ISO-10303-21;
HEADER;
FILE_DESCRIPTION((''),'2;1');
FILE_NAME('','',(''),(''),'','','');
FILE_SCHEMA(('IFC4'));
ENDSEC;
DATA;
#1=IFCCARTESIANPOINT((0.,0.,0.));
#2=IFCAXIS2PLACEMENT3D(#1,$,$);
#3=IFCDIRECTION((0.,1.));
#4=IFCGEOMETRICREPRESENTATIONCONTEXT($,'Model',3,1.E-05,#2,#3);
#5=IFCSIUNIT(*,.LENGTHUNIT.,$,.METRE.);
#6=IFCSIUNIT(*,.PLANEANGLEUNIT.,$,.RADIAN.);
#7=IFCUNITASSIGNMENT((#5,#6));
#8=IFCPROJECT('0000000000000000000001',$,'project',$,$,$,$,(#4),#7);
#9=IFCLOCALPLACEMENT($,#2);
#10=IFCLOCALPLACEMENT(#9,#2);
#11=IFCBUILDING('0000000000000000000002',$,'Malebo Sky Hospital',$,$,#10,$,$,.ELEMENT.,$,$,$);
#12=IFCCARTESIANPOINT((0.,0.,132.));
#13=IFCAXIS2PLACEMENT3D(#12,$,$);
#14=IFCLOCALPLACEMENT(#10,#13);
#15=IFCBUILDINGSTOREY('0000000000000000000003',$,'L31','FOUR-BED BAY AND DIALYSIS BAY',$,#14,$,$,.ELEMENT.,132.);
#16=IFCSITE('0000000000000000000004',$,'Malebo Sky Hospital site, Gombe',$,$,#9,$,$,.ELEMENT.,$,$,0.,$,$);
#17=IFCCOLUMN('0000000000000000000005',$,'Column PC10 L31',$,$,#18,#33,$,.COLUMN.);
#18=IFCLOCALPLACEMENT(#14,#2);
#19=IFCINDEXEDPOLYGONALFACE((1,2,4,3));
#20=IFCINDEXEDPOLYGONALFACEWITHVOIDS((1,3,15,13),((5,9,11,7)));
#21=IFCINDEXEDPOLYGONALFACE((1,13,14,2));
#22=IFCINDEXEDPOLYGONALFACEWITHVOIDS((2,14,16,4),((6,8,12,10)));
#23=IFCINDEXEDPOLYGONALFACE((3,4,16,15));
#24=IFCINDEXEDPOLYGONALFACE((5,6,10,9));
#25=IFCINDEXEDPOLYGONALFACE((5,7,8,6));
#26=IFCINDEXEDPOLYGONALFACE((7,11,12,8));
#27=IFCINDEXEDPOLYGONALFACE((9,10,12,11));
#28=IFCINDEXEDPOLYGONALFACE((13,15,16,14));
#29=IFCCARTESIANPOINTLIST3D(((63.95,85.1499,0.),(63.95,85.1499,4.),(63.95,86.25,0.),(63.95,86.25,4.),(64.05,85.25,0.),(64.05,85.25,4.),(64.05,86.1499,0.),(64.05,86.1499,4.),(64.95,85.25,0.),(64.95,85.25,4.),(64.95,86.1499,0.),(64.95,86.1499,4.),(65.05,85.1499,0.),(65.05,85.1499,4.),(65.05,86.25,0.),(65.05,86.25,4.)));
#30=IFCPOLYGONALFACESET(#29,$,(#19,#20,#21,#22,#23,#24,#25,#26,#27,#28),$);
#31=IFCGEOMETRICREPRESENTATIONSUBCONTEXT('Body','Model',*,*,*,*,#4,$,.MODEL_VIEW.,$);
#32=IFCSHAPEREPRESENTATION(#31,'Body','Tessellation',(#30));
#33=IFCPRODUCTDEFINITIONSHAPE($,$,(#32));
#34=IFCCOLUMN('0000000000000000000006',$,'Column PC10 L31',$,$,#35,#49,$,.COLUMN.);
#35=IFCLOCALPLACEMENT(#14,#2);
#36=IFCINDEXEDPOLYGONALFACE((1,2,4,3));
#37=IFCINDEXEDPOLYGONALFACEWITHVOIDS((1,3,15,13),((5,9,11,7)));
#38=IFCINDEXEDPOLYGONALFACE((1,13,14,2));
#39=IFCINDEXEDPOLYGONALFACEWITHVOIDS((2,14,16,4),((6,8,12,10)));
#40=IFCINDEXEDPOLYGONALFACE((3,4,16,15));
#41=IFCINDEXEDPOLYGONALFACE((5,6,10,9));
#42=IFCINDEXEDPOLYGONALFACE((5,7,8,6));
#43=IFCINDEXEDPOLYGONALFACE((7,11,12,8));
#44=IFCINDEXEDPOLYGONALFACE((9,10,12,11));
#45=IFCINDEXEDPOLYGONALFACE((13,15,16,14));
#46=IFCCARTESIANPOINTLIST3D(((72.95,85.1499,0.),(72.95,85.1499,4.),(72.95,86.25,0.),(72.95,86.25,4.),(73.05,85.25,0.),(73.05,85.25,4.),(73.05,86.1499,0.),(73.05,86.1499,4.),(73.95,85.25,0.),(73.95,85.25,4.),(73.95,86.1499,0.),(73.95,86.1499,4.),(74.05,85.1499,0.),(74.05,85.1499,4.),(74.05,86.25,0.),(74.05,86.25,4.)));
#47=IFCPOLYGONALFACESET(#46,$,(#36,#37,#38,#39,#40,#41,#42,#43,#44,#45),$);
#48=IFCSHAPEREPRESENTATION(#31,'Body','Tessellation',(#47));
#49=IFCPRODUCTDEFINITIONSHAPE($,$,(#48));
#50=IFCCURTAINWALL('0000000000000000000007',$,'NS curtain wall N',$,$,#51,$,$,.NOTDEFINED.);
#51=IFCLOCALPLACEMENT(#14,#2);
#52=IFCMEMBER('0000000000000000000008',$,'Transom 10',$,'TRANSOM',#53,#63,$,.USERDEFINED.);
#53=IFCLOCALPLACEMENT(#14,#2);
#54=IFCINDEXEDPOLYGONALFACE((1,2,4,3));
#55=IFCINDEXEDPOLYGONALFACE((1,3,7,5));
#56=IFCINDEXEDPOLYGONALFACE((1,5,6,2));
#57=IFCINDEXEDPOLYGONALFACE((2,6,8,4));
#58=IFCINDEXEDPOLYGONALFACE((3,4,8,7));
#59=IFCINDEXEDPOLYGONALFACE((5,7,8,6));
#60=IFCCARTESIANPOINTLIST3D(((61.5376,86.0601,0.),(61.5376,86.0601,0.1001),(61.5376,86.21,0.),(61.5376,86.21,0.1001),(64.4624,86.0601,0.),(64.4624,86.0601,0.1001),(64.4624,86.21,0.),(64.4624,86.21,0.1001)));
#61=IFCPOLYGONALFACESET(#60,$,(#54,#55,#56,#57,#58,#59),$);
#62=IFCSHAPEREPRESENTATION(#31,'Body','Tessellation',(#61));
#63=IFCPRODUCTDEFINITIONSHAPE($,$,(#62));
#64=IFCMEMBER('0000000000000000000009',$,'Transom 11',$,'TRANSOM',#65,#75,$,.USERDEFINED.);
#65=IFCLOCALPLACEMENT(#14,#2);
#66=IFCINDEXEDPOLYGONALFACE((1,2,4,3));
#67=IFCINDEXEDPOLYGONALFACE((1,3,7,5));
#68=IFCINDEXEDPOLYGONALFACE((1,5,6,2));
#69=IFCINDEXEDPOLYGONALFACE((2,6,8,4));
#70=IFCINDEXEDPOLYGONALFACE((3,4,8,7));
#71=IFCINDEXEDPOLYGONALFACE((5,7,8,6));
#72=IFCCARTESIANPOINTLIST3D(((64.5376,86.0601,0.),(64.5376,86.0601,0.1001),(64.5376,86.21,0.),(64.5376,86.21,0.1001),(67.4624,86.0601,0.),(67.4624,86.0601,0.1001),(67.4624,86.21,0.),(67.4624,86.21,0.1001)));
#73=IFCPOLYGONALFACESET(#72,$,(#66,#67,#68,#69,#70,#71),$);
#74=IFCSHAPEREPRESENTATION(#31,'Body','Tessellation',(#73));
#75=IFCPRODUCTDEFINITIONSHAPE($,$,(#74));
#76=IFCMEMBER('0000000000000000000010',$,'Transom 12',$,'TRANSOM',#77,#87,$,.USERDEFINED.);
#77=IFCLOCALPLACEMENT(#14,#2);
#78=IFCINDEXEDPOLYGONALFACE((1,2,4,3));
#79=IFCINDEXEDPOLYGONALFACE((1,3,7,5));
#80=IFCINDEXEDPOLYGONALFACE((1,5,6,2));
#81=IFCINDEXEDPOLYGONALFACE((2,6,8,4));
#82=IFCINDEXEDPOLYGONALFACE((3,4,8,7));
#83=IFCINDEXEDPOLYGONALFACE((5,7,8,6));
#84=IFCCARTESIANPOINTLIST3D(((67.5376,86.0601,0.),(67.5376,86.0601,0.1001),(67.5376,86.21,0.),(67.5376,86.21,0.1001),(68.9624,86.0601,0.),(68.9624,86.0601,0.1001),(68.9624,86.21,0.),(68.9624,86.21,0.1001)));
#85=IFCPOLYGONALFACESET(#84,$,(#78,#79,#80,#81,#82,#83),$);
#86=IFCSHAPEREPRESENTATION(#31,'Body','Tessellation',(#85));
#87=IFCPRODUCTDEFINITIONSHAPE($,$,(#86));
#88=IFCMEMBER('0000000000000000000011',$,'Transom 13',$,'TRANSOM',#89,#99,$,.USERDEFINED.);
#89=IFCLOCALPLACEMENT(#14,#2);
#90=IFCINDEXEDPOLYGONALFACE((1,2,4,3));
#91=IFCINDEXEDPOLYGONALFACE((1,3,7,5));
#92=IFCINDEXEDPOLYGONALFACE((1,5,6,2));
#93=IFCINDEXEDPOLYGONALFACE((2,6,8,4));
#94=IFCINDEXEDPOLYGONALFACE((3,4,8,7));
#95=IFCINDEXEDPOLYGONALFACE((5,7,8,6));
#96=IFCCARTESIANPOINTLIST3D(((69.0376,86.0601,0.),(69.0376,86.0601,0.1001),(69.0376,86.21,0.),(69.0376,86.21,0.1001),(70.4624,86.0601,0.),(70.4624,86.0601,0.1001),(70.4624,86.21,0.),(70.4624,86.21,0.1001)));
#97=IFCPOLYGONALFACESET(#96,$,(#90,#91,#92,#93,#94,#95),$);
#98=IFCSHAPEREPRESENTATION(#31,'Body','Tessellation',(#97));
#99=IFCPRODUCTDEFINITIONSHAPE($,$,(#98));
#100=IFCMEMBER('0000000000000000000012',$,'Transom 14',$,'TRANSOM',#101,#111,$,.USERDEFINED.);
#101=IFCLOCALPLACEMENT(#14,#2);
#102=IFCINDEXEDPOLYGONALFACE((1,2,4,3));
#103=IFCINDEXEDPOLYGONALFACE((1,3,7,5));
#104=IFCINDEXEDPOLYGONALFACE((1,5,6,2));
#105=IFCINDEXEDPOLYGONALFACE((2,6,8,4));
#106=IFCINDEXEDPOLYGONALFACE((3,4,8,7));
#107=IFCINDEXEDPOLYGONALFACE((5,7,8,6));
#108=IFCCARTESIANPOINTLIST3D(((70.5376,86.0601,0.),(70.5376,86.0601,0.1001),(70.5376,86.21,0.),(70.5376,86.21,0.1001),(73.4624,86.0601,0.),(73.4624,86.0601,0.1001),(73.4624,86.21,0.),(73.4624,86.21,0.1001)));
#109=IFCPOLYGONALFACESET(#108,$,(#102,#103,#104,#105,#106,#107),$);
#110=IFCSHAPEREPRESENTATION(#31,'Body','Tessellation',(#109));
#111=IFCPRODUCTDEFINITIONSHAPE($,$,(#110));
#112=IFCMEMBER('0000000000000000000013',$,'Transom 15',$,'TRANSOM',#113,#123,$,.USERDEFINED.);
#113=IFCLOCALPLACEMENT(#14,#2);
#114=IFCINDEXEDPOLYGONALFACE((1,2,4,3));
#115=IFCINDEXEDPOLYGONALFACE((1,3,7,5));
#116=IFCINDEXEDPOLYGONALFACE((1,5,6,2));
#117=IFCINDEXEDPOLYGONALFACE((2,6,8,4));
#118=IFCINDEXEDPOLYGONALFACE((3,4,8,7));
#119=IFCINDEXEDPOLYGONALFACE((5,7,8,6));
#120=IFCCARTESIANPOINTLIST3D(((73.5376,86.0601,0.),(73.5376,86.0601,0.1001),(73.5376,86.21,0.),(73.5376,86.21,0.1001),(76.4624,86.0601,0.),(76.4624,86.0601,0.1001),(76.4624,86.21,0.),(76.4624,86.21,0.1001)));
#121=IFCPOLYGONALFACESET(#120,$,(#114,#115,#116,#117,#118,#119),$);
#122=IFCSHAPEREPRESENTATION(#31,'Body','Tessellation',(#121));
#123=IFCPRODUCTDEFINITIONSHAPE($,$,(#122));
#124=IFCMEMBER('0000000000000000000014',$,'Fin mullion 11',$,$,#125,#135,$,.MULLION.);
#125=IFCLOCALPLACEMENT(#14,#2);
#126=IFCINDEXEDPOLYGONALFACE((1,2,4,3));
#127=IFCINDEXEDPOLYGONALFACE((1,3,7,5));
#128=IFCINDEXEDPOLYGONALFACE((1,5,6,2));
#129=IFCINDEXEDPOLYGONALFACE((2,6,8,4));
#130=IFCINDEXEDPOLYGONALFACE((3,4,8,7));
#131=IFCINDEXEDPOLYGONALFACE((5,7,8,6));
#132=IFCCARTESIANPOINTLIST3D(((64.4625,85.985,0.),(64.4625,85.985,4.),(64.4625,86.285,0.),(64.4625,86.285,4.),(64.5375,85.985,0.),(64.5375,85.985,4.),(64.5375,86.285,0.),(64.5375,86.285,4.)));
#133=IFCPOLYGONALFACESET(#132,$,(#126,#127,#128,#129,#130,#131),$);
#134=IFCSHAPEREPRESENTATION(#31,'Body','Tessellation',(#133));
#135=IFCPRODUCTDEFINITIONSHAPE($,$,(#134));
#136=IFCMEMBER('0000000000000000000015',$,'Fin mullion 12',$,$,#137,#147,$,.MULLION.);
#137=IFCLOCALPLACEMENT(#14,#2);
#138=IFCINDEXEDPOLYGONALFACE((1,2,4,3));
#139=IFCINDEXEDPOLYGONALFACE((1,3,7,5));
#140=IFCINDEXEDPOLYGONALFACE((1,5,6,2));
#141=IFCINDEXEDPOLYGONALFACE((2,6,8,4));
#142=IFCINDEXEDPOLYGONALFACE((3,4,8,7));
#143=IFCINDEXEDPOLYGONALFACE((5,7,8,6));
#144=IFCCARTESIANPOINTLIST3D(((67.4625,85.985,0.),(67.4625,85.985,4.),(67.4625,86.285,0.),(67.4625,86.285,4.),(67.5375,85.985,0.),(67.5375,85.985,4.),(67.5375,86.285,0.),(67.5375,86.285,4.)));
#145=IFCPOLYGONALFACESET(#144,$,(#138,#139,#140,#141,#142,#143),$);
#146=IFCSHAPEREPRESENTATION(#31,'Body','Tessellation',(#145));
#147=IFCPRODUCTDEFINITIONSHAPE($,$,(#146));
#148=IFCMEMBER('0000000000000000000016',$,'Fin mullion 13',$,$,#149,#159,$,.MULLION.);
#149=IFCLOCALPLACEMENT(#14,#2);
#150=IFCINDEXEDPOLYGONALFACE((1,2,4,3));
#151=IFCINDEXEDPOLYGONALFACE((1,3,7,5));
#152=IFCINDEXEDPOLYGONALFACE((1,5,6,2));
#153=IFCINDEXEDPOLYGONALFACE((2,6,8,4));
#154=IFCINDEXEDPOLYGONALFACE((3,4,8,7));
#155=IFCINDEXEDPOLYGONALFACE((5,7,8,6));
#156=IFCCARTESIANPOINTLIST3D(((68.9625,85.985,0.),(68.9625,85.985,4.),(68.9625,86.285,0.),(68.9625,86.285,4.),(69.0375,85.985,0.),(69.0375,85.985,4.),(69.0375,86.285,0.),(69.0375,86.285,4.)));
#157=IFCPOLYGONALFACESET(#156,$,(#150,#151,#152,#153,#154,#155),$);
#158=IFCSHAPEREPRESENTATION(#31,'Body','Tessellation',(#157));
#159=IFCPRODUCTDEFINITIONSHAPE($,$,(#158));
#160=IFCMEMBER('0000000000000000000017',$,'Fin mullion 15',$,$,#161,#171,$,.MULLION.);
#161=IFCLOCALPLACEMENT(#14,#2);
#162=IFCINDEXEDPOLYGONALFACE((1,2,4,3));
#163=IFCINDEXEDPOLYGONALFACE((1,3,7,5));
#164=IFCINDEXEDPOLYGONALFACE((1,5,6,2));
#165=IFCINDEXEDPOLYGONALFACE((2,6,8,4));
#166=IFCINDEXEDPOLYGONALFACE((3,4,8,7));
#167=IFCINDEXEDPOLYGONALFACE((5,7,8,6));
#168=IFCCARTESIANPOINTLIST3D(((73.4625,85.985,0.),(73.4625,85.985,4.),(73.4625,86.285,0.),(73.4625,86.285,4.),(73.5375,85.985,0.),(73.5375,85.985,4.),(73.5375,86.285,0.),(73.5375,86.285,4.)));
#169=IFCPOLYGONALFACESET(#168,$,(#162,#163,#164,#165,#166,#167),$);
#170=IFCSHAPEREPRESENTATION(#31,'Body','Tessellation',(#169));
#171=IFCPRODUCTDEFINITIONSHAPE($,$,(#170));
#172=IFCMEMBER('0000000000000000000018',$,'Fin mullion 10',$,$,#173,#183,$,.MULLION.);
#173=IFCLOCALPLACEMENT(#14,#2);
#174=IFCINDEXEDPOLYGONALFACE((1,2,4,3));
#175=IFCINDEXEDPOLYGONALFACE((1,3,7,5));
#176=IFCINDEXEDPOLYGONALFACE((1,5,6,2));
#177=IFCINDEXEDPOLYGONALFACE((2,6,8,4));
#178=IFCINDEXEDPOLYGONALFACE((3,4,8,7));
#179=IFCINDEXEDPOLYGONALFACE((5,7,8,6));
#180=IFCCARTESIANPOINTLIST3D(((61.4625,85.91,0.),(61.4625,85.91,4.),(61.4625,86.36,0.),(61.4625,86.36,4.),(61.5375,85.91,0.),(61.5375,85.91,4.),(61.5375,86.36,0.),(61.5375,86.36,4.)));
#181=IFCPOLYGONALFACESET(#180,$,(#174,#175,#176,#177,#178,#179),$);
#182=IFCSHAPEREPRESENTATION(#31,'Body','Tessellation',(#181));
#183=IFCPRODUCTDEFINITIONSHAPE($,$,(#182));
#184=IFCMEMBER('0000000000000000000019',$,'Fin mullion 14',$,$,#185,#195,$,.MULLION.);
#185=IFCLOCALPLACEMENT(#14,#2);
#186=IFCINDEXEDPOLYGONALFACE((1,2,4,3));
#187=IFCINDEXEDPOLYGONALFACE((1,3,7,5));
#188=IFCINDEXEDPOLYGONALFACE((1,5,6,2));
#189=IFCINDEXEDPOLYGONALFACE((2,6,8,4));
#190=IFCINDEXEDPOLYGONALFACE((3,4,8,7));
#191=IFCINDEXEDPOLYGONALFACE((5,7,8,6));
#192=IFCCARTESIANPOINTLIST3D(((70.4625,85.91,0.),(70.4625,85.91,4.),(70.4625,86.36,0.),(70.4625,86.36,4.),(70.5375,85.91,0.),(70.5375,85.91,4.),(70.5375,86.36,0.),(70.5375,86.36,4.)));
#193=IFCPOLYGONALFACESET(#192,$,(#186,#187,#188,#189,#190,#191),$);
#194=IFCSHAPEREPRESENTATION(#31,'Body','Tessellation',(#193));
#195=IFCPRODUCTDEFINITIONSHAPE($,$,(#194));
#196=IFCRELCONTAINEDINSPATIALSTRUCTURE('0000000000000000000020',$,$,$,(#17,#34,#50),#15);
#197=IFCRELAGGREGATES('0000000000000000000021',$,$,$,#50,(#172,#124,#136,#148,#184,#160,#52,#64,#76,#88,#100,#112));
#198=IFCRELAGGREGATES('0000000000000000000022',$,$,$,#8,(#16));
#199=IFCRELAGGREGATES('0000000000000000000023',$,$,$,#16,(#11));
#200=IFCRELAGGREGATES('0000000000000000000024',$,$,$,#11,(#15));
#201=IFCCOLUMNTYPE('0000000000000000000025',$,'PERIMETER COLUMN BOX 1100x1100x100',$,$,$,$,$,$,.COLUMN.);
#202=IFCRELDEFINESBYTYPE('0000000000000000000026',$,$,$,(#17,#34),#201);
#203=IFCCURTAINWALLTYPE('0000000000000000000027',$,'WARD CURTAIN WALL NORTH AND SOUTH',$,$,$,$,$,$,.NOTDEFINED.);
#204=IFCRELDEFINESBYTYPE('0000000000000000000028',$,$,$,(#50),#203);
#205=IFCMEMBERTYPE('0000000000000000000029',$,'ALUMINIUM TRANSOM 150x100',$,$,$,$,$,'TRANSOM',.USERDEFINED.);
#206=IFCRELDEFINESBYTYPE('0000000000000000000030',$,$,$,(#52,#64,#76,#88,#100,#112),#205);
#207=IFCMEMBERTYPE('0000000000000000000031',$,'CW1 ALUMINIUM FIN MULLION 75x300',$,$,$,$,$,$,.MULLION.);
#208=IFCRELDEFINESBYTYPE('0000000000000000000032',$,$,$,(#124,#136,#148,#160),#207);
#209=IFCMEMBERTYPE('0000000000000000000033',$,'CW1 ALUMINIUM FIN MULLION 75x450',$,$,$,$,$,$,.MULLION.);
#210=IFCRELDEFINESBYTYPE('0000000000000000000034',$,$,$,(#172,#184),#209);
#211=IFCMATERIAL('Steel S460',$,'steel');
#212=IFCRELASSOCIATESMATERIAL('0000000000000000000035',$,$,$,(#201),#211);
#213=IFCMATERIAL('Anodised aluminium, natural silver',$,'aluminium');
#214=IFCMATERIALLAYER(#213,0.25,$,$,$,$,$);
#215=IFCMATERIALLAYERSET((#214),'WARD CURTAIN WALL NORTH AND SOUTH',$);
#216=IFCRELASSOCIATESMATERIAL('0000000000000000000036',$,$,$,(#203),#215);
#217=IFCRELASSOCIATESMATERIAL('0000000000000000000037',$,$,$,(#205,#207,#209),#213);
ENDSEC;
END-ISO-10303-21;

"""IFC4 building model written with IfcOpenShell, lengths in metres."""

from ifc_helpers import new_model, si_unit, direction, frame, origin, origin_2d, place, context, subcontext, project, spatial, rectangle, hollow_rectangle, extrude, material, layer, layer_set, material_profile, profile_set, type_object, element, aggregate, save


model = new_model("IFC4")

# Units and contexts
model_context = context("Model", 3, precision=1e-05, world=origin(), true_north=direction((0.0, 1.0)))
body_context = subcontext(model_context, "Body", "Model", "MODEL_VIEW")
ifc_project = project(units=[si_unit("LENGTHUNIT", "METRE"), si_unit("PLANEANGLEUNIT", "RADIAN")], contexts=[model_context])

# Site, building, storey
site_placement = place(None, origin())
site = spatial("IfcSite", under=ifc_project, at=site_placement, Name="Malebo Sky Hospital site, Gombe", CompositionType="ELEMENT", RefElevation=0.0)
building_placement = place(site_placement, origin())
building = spatial("IfcBuilding", under=site, at=building_placement, Name="Malebo Sky Hospital", CompositionType="ELEMENT")
storey_placement = place(building_placement, frame((0.0, 0.0, 132.0)))
storey = spatial("IfcBuildingStorey", under=building, at=storey_placement, Name="L31", Description="FOUR-BED BAY AND DIALYSIS BAY", CompositionType="ELEMENT", Elevation=132.0)

# Columns
ifc_material_1 = material(Name="Steel S460", Category="steel")
ifc_material_profile_1 = material_profile(ifc_material_1, hollow_rectangle(XDim=1.1001, YDim=1.1001, WallThickness=0.1001, at=origin_2d()), Name="BOX 1100x1100x100")
ifc_profile_set_1 = profile_set([ifc_material_profile_1], Name="Steel S460")
column_type = type_object("IfcColumnType", Name="PERIMETER COLUMN BOX 1100x1100x100", PredefinedType="COLUMN", material=ifc_profile_set_1)
for number, where, z_axis, x_axis, name in (
    (1, (64.5, 85.7, 0.0), (0.0, 0.0, 1.0), (1.0, 0.0, 0.0), "Column PC10 L31"),
    (2, (73.5, 85.7, 0.0), (0.0, 0.0, 1.0), (1.0, 0.0, 0.0), "Column PC10 L31"),
):
    element("IfcColumn", number, at=place(storey_placement, frame(where, z_axis=z_axis, x_axis=x_axis)), inside=storey, type_object=column_type, Name=name, PredefinedType="COLUMN", context=body_context, shape_type="SweptSolid", body=[
        extrude(hollow_rectangle(XDim=1.1001, YDim=1.1001, WallThickness=0.1001, at=origin_2d()), origin(), (0.0, 0.0, 1.0), 4.0),
    ])

# Curtain wall, members
ifc_material_2 = material(Name="Anodised aluminium, natural silver", Category="aluminium")
ifc_layer_1 = layer(ifc_material_2, 0.25)
ifc_layer_set_1 = layer_set([ifc_layer_1], Name="WARD CURTAIN WALL NORTH AND SOUTH")
curtain_wall_type = type_object("IfcCurtainWallType", Name="WARD CURTAIN WALL NORTH AND SOUTH", PredefinedType="NOTDEFINED", material=ifc_layer_set_1)
curtain_wall_placement = place(storey_placement, origin())
curtain_wall = element("IfcCurtainWall", 3, at=curtain_wall_placement, inside=storey, type_object=curtain_wall_type, Name="NS curtain wall N", PredefinedType="NOTDEFINED")
ifc_material_profile_2 = material_profile(ifc_material_2, rectangle(XDim=0.1499, YDim=0.1001, at=origin_2d()), Name="ALUMINIUM TRANSOM 150x100")
ifc_profile_set_2 = profile_set([ifc_material_profile_2], Name="Anodised aluminium, natural silver")
member_type_1 = type_object("IfcMemberType", Name="ALUMINIUM TRANSOM 150x100", ElementType="TRANSOM", PredefinedType="USERDEFINED", material=ifc_profile_set_2)
member_1_placement = place(storey_placement, frame((61.5376, 86.135, 0.05), z_axis=(1.0, 0.0, 0.0), x_axis=(0.0, 1.0, 0.0)))
member_1 = element("IfcMember", 4, at=member_1_placement, type_object=member_type_1, Name="Transom 10", ObjectType="TRANSOM", PredefinedType="USERDEFINED", context=body_context, shape_type="SweptSolid", body=[
    extrude(rectangle(XDim=0.1499, YDim=0.1001, at=origin_2d()), origin(), (0.0, 0.0, 1.0), 2.9248),
])
member_2_placement = place(storey_placement, frame((64.5376, 86.135, 0.05), z_axis=(1.0, 0.0, 0.0), x_axis=(0.0, 1.0, 0.0)))
member_2 = element("IfcMember", 5, at=member_2_placement, type_object=member_type_1, Name="Transom 11", ObjectType="TRANSOM", PredefinedType="USERDEFINED", context=body_context, shape_type="SweptSolid", body=[
    extrude(rectangle(XDim=0.1499, YDim=0.1001, at=origin_2d()), origin(), (0.0, 0.0, 1.0), 2.9248),
])
member_3_placement = place(storey_placement, frame((67.5376, 86.135, 0.05), z_axis=(1.0, 0.0, 0.0), x_axis=(0.0, 1.0, 0.0)))
member_3 = element("IfcMember", 6, at=member_3_placement, type_object=member_type_1, Name="Transom 12", ObjectType="TRANSOM", PredefinedType="USERDEFINED", context=body_context, shape_type="SweptSolid", body=[
    extrude(rectangle(XDim=0.1499, YDim=0.1001, at=origin_2d()), origin(), (0.0, 0.0, 1.0), 1.4248),
])
member_4_placement = place(storey_placement, frame((69.0376, 86.135, 0.05), z_axis=(1.0, 0.0, 0.0), x_axis=(0.0, 1.0, 0.0)))
member_4 = element("IfcMember", 7, at=member_4_placement, type_object=member_type_1, Name="Transom 13", ObjectType="TRANSOM", PredefinedType="USERDEFINED", context=body_context, shape_type="SweptSolid", body=[
    extrude(rectangle(XDim=0.1499, YDim=0.1001, at=origin_2d()), origin(), (0.0, 0.0, 1.0), 1.4248),
])
member_5_placement = place(storey_placement, frame((70.5376, 86.135, 0.05), z_axis=(1.0, 0.0, 0.0), x_axis=(0.0, 1.0, 0.0)))
member_5 = element("IfcMember", 8, at=member_5_placement, type_object=member_type_1, Name="Transom 14", ObjectType="TRANSOM", PredefinedType="USERDEFINED", context=body_context, shape_type="SweptSolid", body=[
    extrude(rectangle(XDim=0.1499, YDim=0.1001, at=origin_2d()), origin(), (0.0, 0.0, 1.0), 2.9248),
])
member_6_placement = place(storey_placement, frame((73.5376, 86.135, 0.05), z_axis=(1.0, 0.0, 0.0), x_axis=(0.0, 1.0, 0.0)))
member_6 = element("IfcMember", 9, at=member_6_placement, type_object=member_type_1, Name="Transom 15", ObjectType="TRANSOM", PredefinedType="USERDEFINED", context=body_context, shape_type="SweptSolid", body=[
    extrude(rectangle(XDim=0.1499, YDim=0.1001, at=origin_2d()), origin(), (0.0, 0.0, 1.0), 2.9248),
])
ifc_material_profile_3 = material_profile(ifc_material_2, rectangle(XDim=0.075, YDim=0.3, at=origin_2d()), Name="CW1 ALUMINIUM FIN MULLION 75x300")
ifc_profile_set_3 = profile_set([ifc_material_profile_3], Name="Anodised aluminium, natural silver")
member_type_2 = type_object("IfcMemberType", Name="CW1 ALUMINIUM FIN MULLION 75x300", PredefinedType="MULLION", material=ifc_profile_set_3)
member_7_placement = place(storey_placement, frame((64.5, 86.135, 0.0), z_axis=(0.0, 0.0, 1.0), x_axis=(1.0, 0.0, 0.0)))
member_7 = element("IfcMember", 10, at=member_7_placement, type_object=member_type_2, Name="Fin mullion 11", PredefinedType="MULLION", context=body_context, shape_type="SweptSolid", body=[
    extrude(rectangle(XDim=0.075, YDim=0.3, at=origin_2d()), origin(), (0.0, 0.0, 1.0), 4.0),
])
member_8_placement = place(storey_placement, frame((67.5, 86.135, 0.0), z_axis=(0.0, 0.0, 1.0), x_axis=(1.0, 0.0, 0.0)))
member_8 = element("IfcMember", 11, at=member_8_placement, type_object=member_type_2, Name="Fin mullion 12", PredefinedType="MULLION", context=body_context, shape_type="SweptSolid", body=[
    extrude(rectangle(XDim=0.075, YDim=0.3, at=origin_2d()), origin(), (0.0, 0.0, 1.0), 4.0),
])
member_9_placement = place(storey_placement, frame((69.0, 86.135, 0.0), z_axis=(0.0, 0.0, 1.0), x_axis=(1.0, 0.0, 0.0)))
member_9 = element("IfcMember", 12, at=member_9_placement, type_object=member_type_2, Name="Fin mullion 13", PredefinedType="MULLION", context=body_context, shape_type="SweptSolid", body=[
    extrude(rectangle(XDim=0.075, YDim=0.3, at=origin_2d()), origin(), (0.0, 0.0, 1.0), 4.0),
])
member_10_placement = place(storey_placement, frame((73.5, 86.135, 0.0), z_axis=(0.0, 0.0, 1.0), x_axis=(1.0, 0.0, 0.0)))
member_10 = element("IfcMember", 13, at=member_10_placement, type_object=member_type_2, Name="Fin mullion 15", PredefinedType="MULLION", context=body_context, shape_type="SweptSolid", body=[
    extrude(rectangle(XDim=0.075, YDim=0.3, at=origin_2d()), origin(), (0.0, 0.0, 1.0), 4.0),
])
ifc_material_profile_4 = material_profile(ifc_material_2, rectangle(XDim=0.075, YDim=0.45, at=origin_2d()), Name="CW1 ALUMINIUM FIN MULLION 75x450")
ifc_profile_set_4 = profile_set([ifc_material_profile_4], Name="Anodised aluminium, natural silver")
member_type_3 = type_object("IfcMemberType", Name="CW1 ALUMINIUM FIN MULLION 75x450", PredefinedType="MULLION", material=ifc_profile_set_4)
member_11_placement = place(storey_placement, frame((61.5, 86.135, 0.0), z_axis=(0.0, 0.0, 1.0), x_axis=(1.0, 0.0, 0.0)))
member_11 = element("IfcMember", 14, at=member_11_placement, type_object=member_type_3, Name="Fin mullion 10", PredefinedType="MULLION", context=body_context, shape_type="SweptSolid", body=[
    extrude(rectangle(XDim=0.075, YDim=0.45, at=origin_2d()), origin(), (0.0, 0.0, 1.0), 4.0),
])
member_12_placement = place(storey_placement, frame((70.5, 86.135, 0.0), z_axis=(0.0, 0.0, 1.0), x_axis=(1.0, 0.0, 0.0)))
member_12 = element("IfcMember", 15, at=member_12_placement, type_object=member_type_3, Name="Fin mullion 14", PredefinedType="MULLION", context=body_context, shape_type="SweptSolid", body=[
    extrude(rectangle(XDim=0.075, YDim=0.45, at=origin_2d()), origin(), (0.0, 0.0, 1.0), 4.0),
])

aggregate(curtain_wall, [member_11, member_7, member_8, member_9, member_12, member_10, member_1, member_2, member_3, member_4, member_5, member_6])

save(model, "model.ifc")
